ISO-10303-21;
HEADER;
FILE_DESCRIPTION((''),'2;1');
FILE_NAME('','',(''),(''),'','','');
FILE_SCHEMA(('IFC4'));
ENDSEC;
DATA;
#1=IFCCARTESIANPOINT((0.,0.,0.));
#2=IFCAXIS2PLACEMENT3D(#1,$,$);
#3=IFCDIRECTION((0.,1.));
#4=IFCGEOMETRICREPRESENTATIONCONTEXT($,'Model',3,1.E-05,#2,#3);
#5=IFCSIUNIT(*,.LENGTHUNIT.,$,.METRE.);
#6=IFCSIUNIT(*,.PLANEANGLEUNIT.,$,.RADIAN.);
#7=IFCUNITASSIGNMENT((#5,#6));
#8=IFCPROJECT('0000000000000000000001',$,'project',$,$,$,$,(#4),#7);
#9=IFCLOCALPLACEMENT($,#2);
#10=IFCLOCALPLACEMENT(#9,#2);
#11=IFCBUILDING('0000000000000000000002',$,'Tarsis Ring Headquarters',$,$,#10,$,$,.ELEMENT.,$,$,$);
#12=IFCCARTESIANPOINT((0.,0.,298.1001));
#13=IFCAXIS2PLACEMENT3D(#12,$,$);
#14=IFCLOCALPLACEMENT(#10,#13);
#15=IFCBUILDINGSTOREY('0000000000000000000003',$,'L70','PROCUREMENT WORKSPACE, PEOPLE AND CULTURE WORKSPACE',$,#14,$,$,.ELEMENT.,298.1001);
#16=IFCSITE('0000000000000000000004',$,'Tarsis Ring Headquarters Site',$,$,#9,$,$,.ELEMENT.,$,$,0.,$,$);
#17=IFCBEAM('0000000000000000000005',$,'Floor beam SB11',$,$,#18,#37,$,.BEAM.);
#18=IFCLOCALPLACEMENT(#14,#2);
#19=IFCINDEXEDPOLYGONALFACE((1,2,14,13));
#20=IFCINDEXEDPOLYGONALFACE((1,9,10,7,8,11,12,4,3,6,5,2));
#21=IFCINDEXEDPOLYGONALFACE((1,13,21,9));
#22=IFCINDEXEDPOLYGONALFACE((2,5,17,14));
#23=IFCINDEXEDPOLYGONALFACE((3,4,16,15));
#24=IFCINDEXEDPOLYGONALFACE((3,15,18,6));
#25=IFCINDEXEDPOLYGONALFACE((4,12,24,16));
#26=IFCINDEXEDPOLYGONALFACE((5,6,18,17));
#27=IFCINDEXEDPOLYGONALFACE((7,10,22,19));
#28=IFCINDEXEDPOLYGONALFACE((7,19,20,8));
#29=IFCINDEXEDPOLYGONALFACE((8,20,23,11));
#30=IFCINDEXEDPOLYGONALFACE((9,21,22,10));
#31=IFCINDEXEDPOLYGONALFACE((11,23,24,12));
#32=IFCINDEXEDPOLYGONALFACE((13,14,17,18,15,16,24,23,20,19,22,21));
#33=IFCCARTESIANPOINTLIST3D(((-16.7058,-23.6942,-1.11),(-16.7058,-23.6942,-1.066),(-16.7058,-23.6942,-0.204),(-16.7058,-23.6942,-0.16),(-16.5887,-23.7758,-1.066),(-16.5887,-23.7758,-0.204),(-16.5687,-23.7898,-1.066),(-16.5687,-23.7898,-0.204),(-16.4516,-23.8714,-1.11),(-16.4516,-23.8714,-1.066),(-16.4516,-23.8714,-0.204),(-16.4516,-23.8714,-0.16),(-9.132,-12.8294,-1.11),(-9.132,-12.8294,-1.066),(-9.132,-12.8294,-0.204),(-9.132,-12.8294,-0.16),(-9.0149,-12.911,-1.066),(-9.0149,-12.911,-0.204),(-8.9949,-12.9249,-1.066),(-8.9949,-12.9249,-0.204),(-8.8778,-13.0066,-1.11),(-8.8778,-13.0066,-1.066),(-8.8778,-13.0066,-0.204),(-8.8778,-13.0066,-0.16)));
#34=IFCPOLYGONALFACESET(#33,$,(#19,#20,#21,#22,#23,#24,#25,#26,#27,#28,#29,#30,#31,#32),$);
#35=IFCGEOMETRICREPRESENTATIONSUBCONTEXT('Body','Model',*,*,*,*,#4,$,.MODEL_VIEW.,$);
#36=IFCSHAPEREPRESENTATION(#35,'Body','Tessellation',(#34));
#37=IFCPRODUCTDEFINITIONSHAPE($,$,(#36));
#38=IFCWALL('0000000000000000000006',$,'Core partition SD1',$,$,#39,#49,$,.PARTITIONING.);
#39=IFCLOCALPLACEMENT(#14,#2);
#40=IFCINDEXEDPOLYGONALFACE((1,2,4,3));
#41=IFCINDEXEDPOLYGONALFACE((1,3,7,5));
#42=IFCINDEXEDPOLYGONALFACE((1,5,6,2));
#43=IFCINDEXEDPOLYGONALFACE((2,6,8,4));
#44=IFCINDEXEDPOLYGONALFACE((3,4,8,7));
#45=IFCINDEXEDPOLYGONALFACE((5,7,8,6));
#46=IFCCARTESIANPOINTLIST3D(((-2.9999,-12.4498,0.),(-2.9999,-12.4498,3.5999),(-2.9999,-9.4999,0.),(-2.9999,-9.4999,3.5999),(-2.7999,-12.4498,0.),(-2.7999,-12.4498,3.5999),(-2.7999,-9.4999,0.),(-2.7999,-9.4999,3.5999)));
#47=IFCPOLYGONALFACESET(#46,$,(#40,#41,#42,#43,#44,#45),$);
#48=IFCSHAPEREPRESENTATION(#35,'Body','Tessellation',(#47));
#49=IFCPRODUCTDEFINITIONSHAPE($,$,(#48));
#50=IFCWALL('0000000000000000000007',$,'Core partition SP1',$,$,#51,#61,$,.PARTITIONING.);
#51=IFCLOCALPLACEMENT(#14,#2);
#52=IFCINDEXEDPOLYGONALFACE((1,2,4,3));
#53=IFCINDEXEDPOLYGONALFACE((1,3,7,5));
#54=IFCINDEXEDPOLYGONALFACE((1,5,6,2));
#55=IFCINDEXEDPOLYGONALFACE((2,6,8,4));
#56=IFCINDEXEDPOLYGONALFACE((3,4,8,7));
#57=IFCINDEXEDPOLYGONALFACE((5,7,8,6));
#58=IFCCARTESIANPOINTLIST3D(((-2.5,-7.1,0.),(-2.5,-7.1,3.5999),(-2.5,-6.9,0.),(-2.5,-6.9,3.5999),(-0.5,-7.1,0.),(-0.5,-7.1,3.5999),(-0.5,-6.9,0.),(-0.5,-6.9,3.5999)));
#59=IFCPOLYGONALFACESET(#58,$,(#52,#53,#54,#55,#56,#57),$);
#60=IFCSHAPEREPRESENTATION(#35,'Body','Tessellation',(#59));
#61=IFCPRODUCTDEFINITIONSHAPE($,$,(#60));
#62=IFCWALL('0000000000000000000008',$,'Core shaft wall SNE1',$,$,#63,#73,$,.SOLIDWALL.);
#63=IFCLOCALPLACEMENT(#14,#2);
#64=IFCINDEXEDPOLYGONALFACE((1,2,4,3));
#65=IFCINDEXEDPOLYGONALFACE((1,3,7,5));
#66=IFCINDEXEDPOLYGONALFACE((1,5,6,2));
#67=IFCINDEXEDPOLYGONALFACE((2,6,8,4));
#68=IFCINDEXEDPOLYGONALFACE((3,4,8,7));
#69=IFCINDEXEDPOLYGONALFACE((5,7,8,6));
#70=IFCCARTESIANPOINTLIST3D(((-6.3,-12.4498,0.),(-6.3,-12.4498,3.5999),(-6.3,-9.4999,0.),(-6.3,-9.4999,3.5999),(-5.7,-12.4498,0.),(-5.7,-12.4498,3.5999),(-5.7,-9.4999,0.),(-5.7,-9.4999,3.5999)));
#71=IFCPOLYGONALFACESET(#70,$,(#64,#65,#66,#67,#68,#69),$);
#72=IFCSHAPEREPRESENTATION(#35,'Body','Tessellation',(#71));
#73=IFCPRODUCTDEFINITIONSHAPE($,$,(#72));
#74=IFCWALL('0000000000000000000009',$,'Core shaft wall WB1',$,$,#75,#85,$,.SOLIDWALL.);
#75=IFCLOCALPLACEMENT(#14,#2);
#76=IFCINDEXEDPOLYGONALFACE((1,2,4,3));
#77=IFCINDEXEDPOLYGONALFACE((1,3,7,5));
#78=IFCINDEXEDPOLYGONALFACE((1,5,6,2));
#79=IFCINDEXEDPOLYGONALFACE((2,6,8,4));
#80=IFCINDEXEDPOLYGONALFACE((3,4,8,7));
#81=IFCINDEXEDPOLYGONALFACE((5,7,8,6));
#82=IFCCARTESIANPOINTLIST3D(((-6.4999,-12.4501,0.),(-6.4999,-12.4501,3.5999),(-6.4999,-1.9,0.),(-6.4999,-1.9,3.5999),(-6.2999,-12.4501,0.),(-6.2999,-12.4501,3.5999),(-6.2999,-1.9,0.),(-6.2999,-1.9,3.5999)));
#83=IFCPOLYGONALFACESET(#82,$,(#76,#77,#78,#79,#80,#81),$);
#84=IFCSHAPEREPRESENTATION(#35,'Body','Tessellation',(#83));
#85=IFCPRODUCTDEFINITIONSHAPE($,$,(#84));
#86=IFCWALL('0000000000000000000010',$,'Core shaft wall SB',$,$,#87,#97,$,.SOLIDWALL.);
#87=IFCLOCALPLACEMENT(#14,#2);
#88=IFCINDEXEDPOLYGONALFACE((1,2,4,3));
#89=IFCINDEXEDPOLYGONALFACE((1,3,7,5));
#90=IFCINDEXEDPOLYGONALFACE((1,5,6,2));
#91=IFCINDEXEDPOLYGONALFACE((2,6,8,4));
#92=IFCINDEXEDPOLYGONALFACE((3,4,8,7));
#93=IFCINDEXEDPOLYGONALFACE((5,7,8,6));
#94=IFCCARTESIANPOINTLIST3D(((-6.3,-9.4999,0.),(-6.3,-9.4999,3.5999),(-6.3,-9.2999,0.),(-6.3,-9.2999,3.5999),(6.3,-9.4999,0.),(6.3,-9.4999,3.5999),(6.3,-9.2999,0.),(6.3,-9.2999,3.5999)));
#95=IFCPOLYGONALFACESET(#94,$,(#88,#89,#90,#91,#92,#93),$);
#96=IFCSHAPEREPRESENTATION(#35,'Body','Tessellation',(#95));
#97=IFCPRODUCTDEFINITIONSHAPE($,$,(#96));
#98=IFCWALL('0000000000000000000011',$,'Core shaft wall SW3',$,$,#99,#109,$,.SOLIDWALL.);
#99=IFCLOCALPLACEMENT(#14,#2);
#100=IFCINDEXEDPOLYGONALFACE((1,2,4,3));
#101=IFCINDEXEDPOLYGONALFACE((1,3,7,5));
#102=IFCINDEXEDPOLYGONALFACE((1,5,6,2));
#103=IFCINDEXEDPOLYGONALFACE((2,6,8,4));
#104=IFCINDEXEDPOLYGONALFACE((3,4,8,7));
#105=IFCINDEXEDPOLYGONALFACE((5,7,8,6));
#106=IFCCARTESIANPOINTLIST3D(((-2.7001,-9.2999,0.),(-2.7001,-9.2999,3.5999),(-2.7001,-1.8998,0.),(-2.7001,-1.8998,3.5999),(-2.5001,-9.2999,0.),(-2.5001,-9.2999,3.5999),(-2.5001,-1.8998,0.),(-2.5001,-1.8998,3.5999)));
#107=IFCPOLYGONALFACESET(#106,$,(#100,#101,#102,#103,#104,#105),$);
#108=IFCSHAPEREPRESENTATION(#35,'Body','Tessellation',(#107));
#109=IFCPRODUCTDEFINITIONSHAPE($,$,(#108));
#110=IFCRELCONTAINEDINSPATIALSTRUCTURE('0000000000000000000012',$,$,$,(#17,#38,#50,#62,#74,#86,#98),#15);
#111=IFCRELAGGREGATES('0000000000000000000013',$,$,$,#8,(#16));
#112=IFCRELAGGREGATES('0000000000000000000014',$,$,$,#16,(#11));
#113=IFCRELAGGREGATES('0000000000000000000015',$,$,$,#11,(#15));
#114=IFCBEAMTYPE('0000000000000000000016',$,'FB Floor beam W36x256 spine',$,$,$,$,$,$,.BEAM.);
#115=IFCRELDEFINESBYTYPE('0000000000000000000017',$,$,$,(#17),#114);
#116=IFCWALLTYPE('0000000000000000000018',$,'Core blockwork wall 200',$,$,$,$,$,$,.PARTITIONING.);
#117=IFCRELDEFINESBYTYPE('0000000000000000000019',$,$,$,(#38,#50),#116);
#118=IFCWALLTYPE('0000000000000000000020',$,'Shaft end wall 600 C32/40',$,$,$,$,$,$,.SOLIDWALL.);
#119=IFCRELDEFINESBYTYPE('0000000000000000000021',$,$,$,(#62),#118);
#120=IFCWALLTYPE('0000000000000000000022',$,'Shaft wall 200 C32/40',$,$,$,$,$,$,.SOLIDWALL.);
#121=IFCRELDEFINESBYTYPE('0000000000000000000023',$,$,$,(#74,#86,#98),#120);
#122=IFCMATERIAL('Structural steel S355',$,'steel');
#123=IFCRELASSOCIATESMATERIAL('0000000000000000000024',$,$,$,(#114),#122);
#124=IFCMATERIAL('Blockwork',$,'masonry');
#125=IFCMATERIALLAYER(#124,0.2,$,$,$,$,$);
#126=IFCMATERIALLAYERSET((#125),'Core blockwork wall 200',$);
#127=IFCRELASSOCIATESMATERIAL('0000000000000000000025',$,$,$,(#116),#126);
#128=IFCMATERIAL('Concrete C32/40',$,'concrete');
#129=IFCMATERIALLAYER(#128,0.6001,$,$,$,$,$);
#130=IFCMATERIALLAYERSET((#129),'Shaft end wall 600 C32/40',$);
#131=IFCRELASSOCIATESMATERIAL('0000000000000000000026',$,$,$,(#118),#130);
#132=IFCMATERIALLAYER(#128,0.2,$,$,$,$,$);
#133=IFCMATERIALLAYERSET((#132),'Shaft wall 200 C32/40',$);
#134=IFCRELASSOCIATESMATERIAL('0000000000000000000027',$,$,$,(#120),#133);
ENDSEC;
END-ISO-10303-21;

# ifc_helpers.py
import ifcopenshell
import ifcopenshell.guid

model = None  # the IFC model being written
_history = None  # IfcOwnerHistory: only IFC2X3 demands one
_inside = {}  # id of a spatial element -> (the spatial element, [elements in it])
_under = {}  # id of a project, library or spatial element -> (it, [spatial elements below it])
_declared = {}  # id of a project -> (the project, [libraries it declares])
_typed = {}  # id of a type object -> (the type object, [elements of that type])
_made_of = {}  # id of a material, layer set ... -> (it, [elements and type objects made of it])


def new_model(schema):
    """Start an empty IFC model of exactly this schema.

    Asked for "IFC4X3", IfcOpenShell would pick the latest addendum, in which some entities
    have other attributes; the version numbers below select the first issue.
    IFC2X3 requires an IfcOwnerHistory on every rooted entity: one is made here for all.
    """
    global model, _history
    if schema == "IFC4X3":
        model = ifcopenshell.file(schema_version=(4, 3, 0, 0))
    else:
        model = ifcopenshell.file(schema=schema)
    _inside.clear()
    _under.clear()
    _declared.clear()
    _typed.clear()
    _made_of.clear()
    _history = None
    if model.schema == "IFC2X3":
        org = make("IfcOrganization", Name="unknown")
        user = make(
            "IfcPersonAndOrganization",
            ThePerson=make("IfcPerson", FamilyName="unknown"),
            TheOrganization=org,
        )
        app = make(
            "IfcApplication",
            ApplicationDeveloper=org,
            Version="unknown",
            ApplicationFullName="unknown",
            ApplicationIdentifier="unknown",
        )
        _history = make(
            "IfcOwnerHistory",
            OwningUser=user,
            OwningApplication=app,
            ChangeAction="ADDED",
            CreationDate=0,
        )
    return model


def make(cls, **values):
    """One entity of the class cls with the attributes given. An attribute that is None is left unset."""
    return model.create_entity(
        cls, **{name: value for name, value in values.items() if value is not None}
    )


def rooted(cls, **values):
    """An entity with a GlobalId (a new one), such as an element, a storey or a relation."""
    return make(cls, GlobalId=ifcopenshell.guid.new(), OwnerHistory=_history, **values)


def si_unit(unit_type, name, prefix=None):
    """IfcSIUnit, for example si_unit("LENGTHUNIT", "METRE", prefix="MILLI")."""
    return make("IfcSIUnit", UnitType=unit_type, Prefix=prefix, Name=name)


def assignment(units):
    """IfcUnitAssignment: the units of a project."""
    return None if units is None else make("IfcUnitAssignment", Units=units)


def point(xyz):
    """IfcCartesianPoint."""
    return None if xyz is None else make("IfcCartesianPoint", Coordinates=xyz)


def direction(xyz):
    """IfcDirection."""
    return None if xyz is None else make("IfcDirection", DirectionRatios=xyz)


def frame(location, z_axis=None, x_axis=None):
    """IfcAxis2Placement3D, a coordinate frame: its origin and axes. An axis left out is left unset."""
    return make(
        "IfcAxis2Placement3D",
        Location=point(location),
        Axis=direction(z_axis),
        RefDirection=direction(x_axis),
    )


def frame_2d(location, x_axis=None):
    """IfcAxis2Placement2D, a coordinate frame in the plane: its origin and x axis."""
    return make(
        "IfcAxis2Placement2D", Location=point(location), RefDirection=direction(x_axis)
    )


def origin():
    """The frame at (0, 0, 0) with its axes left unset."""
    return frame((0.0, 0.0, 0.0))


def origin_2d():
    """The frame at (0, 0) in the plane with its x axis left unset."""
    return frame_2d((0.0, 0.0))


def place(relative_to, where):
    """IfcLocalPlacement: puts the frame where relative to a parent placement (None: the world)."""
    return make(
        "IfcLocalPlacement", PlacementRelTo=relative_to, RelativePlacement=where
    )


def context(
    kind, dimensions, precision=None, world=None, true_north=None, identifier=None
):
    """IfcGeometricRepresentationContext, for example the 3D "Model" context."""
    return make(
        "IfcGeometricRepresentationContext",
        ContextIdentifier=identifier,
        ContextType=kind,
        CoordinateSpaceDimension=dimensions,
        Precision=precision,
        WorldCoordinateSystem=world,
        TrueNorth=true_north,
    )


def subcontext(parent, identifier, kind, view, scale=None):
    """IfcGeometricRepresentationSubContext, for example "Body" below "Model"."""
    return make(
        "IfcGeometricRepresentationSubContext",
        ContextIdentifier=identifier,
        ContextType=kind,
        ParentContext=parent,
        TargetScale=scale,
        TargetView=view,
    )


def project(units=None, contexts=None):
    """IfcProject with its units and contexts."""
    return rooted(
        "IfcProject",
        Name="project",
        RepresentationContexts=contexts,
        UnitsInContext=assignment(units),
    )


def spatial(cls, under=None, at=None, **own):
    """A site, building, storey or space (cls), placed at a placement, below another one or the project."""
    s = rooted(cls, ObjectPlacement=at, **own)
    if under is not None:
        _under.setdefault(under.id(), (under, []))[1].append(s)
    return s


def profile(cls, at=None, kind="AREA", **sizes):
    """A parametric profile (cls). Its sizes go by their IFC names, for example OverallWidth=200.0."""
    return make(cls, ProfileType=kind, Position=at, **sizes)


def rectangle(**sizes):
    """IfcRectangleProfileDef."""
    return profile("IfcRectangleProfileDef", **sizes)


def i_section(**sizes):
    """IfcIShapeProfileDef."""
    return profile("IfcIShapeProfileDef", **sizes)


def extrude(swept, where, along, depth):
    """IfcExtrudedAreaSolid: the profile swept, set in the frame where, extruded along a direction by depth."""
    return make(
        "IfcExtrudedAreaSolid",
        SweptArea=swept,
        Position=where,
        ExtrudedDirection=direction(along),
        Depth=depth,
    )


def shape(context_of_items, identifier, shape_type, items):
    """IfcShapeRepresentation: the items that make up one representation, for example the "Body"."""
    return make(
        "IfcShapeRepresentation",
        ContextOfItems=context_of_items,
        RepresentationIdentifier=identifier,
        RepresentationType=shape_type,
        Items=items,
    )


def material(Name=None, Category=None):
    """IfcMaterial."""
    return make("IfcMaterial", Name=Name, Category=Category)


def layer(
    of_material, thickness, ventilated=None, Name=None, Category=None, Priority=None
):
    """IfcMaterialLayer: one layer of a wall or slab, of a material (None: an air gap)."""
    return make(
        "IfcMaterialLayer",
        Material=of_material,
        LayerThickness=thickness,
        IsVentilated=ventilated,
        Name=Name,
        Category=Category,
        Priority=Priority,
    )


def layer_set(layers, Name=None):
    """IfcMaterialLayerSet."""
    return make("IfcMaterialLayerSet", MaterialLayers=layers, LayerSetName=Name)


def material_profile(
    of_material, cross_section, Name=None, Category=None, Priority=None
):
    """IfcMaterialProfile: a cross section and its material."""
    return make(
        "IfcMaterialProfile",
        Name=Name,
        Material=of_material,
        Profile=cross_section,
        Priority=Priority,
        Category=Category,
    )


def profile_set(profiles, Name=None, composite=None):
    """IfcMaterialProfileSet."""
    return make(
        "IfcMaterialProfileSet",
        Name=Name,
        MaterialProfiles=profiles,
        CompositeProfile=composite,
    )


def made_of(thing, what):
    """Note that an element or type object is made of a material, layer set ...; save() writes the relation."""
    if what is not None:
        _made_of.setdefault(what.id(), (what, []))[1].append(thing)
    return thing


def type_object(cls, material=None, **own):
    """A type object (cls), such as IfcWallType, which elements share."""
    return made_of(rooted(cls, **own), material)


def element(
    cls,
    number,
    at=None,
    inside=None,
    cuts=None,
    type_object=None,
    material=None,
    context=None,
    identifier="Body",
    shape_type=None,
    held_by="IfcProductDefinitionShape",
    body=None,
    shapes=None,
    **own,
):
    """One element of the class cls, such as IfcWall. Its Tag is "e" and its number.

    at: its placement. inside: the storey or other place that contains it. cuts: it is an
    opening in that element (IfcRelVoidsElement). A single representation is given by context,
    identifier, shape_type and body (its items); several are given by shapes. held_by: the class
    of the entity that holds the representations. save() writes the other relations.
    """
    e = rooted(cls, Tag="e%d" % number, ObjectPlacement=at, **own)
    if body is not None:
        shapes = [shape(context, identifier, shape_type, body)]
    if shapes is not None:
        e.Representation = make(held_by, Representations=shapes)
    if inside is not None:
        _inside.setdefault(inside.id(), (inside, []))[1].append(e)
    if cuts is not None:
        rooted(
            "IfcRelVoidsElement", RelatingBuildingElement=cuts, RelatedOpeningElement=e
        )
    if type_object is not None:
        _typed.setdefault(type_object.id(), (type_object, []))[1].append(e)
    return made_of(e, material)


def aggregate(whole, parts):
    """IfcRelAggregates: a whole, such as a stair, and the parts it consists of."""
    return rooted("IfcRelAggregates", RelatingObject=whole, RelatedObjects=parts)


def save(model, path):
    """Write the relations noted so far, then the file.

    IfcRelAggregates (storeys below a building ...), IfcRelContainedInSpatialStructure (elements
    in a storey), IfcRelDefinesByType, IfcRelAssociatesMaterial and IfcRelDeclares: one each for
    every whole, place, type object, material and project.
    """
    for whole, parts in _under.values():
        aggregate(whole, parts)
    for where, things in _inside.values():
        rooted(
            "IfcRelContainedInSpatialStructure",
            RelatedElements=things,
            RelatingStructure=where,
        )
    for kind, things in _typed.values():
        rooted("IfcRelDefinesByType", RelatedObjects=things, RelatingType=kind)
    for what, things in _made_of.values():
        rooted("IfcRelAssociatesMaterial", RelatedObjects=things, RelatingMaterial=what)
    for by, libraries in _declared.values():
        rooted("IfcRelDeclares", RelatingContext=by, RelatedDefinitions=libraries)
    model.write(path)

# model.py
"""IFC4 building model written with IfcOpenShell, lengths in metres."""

from ifc_helpers import new_model, si_unit, direction, frame, frame_2d, origin, origin_2d, place, context, subcontext, project, spatial, rectangle, i_section, extrude, material, layer, layer_set, material_profile, profile_set, type_object, element, save


model = new_model("IFC4")

# Units and contexts
model_context = context("Model", 3, precision=1e-05, world=origin(), true_north=direction((0.0, 1.0)))
body_context = subcontext(model_context, "Body", "Model", "MODEL_VIEW")
ifc_project = project(units=[si_unit("LENGTHUNIT", "METRE"), si_unit("PLANEANGLEUNIT", "RADIAN")], contexts=[model_context])

# Site, building, storey
site_placement = place(None, origin())
site = spatial("IfcSite", under=ifc_project, at=site_placement, Name="Tarsis Ring Headquarters Site", CompositionType="ELEMENT", RefElevation=0.0)
building_placement = place(site_placement, origin())
building = spatial("IfcBuilding", under=site, at=building_placement, Name="Tarsis Ring Headquarters", CompositionType="ELEMENT")
storey_placement = place(building_placement, frame((0.0, 0.0, 298.1001)))
storey = spatial("IfcBuildingStorey", under=building, at=storey_placement, Name="L70", Description="PROCUREMENT WORKSPACE, PEOPLE AND CULTURE WORKSPACE", CompositionType="ELEMENT", Elevation=298.1001)

# Beam
ifc_material_1 = material(Name="Structural steel S355", Category="steel")
ifc_material_profile = material_profile(ifc_material_1, i_section(OverallWidth=0.3098, OverallDepth=0.95, WebThickness=0.0244, FlangeThickness=0.0439, at=origin_2d()), Name="W36x256")
ifc_profile_set = profile_set([ifc_material_profile], Name="Structural steel S355")
beam_type = type_object("IfcBeamType", Name="FB Floor beam W36x256 spine", PredefinedType="BEAM", material=ifc_profile_set)
beam_placement = place(storey_placement, frame((-9.0049, -12.918, -0.635), z_axis=(-0.57186, -0.820351, 0.0), x_axis=(0.820351, -0.57186, 0.0)))
element("IfcBeam", 1, at=beam_placement, inside=storey, type_object=beam_type, Name="Floor beam SB11", PredefinedType="BEAM", context=body_context, shape_type="SweptSolid", body=[
    extrude(i_section(OverallWidth=0.3098, OverallDepth=0.95, WebThickness=0.0244, FlangeThickness=0.0439, at=origin_2d()), origin(), (0.0, 0.0, 1.0), 13.2441),
])

# Walls
ifc_material_2 = material(Name="Blockwork", Category="masonry")
ifc_layer_1 = layer(ifc_material_2, 0.2)
ifc_layer_set_1 = layer_set([ifc_layer_1], Name="Core blockwork wall 200")
wall_type_1 = type_object("IfcWallType", Name="Core blockwork wall 200", PredefinedType="PARTITIONING", material=ifc_layer_set_1)
wall_1_placement = place(storey_placement, frame((-2.8999, -12.45, 0.0), z_axis=(0.0, 0.0, 1.0), x_axis=(0.0, 1.0, 0.0)))
element("IfcWall", 2, at=wall_1_placement, inside=storey, type_object=wall_type_1, Name="Core partition SD1", PredefinedType="PARTITIONING", context=body_context, shape_type="SweptSolid", body=[
    extrude(rectangle(XDim=2.95, YDim=0.2, at=frame_2d((1.4751, 0.0))), origin(), (0.0, 0.0, 1.0), 3.5999),
])
wall_2_placement = place(storey_placement, frame((-2.5, -7.0, 0.0), z_axis=(0.0, 0.0, 1.0), x_axis=(1.0, 0.0, 0.0)))
element("IfcWall", 3, at=wall_2_placement, inside=storey, type_object=wall_type_1, Name="Core partition SP1", PredefinedType="PARTITIONING", context=body_context, shape_type="SweptSolid", body=[
    extrude(rectangle(XDim=2.0, YDim=0.2, at=frame_2d((1.0, 0.0))), origin(), (0.0, 0.0, 1.0), 3.5999),
])
ifc_material_3 = material(Name="Concrete C32/40", Category="concrete")
ifc_layer_2 = layer(ifc_material_3, 0.6001)
ifc_layer_set_2 = layer_set([ifc_layer_2], Name="Shaft end wall 600 C32/40")
wall_type_2 = type_object("IfcWallType", Name="Shaft end wall 600 C32/40", PredefinedType="SOLIDWALL", material=ifc_layer_set_2)
wall_3_placement = place(storey_placement, frame((-6.0, -12.45, 0.0), z_axis=(0.0, 0.0, 1.0), x_axis=(0.0, 1.0, 0.0)))
element("IfcWall", 4, at=wall_3_placement, inside=storey, type_object=wall_type_2, Name="Core shaft wall SNE1", PredefinedType="SOLIDWALL", context=body_context, shape_type="SweptSolid", body=[
    extrude(rectangle(XDim=2.95, YDim=0.6001, at=frame_2d((1.4751, 0.0))), origin(), (0.0, 0.0, 1.0), 3.5999),
])
ifc_layer_3 = layer(ifc_material_3, 0.2)
ifc_layer_set_3 = layer_set([ifc_layer_3], Name="Shaft wall 200 C32/40")
wall_type_3 = type_object("IfcWallType", Name="Shaft wall 200 C32/40", PredefinedType="SOLIDWALL", material=ifc_layer_set_3)
wall_4_placement = place(storey_placement, frame((-6.3999, -12.45, 0.0), z_axis=(0.0, 0.0, 1.0), x_axis=(0.0, 1.0, 0.0)))
element("IfcWall", 5, at=wall_4_placement, inside=storey, type_object=wall_type_3, Name="Core shaft wall WB1", PredefinedType="SOLIDWALL", context=body_context, shape_type="SweptSolid", body=[
    extrude(rectangle(XDim=10.55, YDim=0.2, at=frame_2d((5.2749, 0.0))), origin(), (0.0, 0.0, 1.0), 3.5999),
])
wall_5_placement = place(storey_placement, frame((-6.3, -9.3999, 0.0), z_axis=(0.0, 0.0, 1.0), x_axis=(1.0, 0.0, 0.0)))
element("IfcWall", 6, at=wall_5_placement, inside=storey, type_object=wall_type_3, Name="Core shaft wall SB", PredefinedType="SOLIDWALL", context=body_context, shape_type="SweptSolid", body=[
    extrude(rectangle(XDim=12.6001, YDim=0.2, at=frame_2d((6.3, 0.0))), origin(), (0.0, 0.0, 1.0), 3.5999),
])
wall_6_placement = place(storey_placement, frame((-2.6001, -9.3, 0.0), z_axis=(0.0, 0.0, 1.0), x_axis=(0.0, 1.0, 0.0)))
element("IfcWall", 7, at=wall_6_placement, inside=storey, type_object=wall_type_3, Name="Core shaft wall SW3", PredefinedType="SOLIDWALL", context=body_context, shape_type="SweptSolid", body=[
    extrude(rectangle(XDim=7.4001, YDim=0.2, at=frame_2d((3.7002, 0.0))), origin(), (0.0, 0.0, 1.0), 3.5999),
])

save(model, "model.ifc")
